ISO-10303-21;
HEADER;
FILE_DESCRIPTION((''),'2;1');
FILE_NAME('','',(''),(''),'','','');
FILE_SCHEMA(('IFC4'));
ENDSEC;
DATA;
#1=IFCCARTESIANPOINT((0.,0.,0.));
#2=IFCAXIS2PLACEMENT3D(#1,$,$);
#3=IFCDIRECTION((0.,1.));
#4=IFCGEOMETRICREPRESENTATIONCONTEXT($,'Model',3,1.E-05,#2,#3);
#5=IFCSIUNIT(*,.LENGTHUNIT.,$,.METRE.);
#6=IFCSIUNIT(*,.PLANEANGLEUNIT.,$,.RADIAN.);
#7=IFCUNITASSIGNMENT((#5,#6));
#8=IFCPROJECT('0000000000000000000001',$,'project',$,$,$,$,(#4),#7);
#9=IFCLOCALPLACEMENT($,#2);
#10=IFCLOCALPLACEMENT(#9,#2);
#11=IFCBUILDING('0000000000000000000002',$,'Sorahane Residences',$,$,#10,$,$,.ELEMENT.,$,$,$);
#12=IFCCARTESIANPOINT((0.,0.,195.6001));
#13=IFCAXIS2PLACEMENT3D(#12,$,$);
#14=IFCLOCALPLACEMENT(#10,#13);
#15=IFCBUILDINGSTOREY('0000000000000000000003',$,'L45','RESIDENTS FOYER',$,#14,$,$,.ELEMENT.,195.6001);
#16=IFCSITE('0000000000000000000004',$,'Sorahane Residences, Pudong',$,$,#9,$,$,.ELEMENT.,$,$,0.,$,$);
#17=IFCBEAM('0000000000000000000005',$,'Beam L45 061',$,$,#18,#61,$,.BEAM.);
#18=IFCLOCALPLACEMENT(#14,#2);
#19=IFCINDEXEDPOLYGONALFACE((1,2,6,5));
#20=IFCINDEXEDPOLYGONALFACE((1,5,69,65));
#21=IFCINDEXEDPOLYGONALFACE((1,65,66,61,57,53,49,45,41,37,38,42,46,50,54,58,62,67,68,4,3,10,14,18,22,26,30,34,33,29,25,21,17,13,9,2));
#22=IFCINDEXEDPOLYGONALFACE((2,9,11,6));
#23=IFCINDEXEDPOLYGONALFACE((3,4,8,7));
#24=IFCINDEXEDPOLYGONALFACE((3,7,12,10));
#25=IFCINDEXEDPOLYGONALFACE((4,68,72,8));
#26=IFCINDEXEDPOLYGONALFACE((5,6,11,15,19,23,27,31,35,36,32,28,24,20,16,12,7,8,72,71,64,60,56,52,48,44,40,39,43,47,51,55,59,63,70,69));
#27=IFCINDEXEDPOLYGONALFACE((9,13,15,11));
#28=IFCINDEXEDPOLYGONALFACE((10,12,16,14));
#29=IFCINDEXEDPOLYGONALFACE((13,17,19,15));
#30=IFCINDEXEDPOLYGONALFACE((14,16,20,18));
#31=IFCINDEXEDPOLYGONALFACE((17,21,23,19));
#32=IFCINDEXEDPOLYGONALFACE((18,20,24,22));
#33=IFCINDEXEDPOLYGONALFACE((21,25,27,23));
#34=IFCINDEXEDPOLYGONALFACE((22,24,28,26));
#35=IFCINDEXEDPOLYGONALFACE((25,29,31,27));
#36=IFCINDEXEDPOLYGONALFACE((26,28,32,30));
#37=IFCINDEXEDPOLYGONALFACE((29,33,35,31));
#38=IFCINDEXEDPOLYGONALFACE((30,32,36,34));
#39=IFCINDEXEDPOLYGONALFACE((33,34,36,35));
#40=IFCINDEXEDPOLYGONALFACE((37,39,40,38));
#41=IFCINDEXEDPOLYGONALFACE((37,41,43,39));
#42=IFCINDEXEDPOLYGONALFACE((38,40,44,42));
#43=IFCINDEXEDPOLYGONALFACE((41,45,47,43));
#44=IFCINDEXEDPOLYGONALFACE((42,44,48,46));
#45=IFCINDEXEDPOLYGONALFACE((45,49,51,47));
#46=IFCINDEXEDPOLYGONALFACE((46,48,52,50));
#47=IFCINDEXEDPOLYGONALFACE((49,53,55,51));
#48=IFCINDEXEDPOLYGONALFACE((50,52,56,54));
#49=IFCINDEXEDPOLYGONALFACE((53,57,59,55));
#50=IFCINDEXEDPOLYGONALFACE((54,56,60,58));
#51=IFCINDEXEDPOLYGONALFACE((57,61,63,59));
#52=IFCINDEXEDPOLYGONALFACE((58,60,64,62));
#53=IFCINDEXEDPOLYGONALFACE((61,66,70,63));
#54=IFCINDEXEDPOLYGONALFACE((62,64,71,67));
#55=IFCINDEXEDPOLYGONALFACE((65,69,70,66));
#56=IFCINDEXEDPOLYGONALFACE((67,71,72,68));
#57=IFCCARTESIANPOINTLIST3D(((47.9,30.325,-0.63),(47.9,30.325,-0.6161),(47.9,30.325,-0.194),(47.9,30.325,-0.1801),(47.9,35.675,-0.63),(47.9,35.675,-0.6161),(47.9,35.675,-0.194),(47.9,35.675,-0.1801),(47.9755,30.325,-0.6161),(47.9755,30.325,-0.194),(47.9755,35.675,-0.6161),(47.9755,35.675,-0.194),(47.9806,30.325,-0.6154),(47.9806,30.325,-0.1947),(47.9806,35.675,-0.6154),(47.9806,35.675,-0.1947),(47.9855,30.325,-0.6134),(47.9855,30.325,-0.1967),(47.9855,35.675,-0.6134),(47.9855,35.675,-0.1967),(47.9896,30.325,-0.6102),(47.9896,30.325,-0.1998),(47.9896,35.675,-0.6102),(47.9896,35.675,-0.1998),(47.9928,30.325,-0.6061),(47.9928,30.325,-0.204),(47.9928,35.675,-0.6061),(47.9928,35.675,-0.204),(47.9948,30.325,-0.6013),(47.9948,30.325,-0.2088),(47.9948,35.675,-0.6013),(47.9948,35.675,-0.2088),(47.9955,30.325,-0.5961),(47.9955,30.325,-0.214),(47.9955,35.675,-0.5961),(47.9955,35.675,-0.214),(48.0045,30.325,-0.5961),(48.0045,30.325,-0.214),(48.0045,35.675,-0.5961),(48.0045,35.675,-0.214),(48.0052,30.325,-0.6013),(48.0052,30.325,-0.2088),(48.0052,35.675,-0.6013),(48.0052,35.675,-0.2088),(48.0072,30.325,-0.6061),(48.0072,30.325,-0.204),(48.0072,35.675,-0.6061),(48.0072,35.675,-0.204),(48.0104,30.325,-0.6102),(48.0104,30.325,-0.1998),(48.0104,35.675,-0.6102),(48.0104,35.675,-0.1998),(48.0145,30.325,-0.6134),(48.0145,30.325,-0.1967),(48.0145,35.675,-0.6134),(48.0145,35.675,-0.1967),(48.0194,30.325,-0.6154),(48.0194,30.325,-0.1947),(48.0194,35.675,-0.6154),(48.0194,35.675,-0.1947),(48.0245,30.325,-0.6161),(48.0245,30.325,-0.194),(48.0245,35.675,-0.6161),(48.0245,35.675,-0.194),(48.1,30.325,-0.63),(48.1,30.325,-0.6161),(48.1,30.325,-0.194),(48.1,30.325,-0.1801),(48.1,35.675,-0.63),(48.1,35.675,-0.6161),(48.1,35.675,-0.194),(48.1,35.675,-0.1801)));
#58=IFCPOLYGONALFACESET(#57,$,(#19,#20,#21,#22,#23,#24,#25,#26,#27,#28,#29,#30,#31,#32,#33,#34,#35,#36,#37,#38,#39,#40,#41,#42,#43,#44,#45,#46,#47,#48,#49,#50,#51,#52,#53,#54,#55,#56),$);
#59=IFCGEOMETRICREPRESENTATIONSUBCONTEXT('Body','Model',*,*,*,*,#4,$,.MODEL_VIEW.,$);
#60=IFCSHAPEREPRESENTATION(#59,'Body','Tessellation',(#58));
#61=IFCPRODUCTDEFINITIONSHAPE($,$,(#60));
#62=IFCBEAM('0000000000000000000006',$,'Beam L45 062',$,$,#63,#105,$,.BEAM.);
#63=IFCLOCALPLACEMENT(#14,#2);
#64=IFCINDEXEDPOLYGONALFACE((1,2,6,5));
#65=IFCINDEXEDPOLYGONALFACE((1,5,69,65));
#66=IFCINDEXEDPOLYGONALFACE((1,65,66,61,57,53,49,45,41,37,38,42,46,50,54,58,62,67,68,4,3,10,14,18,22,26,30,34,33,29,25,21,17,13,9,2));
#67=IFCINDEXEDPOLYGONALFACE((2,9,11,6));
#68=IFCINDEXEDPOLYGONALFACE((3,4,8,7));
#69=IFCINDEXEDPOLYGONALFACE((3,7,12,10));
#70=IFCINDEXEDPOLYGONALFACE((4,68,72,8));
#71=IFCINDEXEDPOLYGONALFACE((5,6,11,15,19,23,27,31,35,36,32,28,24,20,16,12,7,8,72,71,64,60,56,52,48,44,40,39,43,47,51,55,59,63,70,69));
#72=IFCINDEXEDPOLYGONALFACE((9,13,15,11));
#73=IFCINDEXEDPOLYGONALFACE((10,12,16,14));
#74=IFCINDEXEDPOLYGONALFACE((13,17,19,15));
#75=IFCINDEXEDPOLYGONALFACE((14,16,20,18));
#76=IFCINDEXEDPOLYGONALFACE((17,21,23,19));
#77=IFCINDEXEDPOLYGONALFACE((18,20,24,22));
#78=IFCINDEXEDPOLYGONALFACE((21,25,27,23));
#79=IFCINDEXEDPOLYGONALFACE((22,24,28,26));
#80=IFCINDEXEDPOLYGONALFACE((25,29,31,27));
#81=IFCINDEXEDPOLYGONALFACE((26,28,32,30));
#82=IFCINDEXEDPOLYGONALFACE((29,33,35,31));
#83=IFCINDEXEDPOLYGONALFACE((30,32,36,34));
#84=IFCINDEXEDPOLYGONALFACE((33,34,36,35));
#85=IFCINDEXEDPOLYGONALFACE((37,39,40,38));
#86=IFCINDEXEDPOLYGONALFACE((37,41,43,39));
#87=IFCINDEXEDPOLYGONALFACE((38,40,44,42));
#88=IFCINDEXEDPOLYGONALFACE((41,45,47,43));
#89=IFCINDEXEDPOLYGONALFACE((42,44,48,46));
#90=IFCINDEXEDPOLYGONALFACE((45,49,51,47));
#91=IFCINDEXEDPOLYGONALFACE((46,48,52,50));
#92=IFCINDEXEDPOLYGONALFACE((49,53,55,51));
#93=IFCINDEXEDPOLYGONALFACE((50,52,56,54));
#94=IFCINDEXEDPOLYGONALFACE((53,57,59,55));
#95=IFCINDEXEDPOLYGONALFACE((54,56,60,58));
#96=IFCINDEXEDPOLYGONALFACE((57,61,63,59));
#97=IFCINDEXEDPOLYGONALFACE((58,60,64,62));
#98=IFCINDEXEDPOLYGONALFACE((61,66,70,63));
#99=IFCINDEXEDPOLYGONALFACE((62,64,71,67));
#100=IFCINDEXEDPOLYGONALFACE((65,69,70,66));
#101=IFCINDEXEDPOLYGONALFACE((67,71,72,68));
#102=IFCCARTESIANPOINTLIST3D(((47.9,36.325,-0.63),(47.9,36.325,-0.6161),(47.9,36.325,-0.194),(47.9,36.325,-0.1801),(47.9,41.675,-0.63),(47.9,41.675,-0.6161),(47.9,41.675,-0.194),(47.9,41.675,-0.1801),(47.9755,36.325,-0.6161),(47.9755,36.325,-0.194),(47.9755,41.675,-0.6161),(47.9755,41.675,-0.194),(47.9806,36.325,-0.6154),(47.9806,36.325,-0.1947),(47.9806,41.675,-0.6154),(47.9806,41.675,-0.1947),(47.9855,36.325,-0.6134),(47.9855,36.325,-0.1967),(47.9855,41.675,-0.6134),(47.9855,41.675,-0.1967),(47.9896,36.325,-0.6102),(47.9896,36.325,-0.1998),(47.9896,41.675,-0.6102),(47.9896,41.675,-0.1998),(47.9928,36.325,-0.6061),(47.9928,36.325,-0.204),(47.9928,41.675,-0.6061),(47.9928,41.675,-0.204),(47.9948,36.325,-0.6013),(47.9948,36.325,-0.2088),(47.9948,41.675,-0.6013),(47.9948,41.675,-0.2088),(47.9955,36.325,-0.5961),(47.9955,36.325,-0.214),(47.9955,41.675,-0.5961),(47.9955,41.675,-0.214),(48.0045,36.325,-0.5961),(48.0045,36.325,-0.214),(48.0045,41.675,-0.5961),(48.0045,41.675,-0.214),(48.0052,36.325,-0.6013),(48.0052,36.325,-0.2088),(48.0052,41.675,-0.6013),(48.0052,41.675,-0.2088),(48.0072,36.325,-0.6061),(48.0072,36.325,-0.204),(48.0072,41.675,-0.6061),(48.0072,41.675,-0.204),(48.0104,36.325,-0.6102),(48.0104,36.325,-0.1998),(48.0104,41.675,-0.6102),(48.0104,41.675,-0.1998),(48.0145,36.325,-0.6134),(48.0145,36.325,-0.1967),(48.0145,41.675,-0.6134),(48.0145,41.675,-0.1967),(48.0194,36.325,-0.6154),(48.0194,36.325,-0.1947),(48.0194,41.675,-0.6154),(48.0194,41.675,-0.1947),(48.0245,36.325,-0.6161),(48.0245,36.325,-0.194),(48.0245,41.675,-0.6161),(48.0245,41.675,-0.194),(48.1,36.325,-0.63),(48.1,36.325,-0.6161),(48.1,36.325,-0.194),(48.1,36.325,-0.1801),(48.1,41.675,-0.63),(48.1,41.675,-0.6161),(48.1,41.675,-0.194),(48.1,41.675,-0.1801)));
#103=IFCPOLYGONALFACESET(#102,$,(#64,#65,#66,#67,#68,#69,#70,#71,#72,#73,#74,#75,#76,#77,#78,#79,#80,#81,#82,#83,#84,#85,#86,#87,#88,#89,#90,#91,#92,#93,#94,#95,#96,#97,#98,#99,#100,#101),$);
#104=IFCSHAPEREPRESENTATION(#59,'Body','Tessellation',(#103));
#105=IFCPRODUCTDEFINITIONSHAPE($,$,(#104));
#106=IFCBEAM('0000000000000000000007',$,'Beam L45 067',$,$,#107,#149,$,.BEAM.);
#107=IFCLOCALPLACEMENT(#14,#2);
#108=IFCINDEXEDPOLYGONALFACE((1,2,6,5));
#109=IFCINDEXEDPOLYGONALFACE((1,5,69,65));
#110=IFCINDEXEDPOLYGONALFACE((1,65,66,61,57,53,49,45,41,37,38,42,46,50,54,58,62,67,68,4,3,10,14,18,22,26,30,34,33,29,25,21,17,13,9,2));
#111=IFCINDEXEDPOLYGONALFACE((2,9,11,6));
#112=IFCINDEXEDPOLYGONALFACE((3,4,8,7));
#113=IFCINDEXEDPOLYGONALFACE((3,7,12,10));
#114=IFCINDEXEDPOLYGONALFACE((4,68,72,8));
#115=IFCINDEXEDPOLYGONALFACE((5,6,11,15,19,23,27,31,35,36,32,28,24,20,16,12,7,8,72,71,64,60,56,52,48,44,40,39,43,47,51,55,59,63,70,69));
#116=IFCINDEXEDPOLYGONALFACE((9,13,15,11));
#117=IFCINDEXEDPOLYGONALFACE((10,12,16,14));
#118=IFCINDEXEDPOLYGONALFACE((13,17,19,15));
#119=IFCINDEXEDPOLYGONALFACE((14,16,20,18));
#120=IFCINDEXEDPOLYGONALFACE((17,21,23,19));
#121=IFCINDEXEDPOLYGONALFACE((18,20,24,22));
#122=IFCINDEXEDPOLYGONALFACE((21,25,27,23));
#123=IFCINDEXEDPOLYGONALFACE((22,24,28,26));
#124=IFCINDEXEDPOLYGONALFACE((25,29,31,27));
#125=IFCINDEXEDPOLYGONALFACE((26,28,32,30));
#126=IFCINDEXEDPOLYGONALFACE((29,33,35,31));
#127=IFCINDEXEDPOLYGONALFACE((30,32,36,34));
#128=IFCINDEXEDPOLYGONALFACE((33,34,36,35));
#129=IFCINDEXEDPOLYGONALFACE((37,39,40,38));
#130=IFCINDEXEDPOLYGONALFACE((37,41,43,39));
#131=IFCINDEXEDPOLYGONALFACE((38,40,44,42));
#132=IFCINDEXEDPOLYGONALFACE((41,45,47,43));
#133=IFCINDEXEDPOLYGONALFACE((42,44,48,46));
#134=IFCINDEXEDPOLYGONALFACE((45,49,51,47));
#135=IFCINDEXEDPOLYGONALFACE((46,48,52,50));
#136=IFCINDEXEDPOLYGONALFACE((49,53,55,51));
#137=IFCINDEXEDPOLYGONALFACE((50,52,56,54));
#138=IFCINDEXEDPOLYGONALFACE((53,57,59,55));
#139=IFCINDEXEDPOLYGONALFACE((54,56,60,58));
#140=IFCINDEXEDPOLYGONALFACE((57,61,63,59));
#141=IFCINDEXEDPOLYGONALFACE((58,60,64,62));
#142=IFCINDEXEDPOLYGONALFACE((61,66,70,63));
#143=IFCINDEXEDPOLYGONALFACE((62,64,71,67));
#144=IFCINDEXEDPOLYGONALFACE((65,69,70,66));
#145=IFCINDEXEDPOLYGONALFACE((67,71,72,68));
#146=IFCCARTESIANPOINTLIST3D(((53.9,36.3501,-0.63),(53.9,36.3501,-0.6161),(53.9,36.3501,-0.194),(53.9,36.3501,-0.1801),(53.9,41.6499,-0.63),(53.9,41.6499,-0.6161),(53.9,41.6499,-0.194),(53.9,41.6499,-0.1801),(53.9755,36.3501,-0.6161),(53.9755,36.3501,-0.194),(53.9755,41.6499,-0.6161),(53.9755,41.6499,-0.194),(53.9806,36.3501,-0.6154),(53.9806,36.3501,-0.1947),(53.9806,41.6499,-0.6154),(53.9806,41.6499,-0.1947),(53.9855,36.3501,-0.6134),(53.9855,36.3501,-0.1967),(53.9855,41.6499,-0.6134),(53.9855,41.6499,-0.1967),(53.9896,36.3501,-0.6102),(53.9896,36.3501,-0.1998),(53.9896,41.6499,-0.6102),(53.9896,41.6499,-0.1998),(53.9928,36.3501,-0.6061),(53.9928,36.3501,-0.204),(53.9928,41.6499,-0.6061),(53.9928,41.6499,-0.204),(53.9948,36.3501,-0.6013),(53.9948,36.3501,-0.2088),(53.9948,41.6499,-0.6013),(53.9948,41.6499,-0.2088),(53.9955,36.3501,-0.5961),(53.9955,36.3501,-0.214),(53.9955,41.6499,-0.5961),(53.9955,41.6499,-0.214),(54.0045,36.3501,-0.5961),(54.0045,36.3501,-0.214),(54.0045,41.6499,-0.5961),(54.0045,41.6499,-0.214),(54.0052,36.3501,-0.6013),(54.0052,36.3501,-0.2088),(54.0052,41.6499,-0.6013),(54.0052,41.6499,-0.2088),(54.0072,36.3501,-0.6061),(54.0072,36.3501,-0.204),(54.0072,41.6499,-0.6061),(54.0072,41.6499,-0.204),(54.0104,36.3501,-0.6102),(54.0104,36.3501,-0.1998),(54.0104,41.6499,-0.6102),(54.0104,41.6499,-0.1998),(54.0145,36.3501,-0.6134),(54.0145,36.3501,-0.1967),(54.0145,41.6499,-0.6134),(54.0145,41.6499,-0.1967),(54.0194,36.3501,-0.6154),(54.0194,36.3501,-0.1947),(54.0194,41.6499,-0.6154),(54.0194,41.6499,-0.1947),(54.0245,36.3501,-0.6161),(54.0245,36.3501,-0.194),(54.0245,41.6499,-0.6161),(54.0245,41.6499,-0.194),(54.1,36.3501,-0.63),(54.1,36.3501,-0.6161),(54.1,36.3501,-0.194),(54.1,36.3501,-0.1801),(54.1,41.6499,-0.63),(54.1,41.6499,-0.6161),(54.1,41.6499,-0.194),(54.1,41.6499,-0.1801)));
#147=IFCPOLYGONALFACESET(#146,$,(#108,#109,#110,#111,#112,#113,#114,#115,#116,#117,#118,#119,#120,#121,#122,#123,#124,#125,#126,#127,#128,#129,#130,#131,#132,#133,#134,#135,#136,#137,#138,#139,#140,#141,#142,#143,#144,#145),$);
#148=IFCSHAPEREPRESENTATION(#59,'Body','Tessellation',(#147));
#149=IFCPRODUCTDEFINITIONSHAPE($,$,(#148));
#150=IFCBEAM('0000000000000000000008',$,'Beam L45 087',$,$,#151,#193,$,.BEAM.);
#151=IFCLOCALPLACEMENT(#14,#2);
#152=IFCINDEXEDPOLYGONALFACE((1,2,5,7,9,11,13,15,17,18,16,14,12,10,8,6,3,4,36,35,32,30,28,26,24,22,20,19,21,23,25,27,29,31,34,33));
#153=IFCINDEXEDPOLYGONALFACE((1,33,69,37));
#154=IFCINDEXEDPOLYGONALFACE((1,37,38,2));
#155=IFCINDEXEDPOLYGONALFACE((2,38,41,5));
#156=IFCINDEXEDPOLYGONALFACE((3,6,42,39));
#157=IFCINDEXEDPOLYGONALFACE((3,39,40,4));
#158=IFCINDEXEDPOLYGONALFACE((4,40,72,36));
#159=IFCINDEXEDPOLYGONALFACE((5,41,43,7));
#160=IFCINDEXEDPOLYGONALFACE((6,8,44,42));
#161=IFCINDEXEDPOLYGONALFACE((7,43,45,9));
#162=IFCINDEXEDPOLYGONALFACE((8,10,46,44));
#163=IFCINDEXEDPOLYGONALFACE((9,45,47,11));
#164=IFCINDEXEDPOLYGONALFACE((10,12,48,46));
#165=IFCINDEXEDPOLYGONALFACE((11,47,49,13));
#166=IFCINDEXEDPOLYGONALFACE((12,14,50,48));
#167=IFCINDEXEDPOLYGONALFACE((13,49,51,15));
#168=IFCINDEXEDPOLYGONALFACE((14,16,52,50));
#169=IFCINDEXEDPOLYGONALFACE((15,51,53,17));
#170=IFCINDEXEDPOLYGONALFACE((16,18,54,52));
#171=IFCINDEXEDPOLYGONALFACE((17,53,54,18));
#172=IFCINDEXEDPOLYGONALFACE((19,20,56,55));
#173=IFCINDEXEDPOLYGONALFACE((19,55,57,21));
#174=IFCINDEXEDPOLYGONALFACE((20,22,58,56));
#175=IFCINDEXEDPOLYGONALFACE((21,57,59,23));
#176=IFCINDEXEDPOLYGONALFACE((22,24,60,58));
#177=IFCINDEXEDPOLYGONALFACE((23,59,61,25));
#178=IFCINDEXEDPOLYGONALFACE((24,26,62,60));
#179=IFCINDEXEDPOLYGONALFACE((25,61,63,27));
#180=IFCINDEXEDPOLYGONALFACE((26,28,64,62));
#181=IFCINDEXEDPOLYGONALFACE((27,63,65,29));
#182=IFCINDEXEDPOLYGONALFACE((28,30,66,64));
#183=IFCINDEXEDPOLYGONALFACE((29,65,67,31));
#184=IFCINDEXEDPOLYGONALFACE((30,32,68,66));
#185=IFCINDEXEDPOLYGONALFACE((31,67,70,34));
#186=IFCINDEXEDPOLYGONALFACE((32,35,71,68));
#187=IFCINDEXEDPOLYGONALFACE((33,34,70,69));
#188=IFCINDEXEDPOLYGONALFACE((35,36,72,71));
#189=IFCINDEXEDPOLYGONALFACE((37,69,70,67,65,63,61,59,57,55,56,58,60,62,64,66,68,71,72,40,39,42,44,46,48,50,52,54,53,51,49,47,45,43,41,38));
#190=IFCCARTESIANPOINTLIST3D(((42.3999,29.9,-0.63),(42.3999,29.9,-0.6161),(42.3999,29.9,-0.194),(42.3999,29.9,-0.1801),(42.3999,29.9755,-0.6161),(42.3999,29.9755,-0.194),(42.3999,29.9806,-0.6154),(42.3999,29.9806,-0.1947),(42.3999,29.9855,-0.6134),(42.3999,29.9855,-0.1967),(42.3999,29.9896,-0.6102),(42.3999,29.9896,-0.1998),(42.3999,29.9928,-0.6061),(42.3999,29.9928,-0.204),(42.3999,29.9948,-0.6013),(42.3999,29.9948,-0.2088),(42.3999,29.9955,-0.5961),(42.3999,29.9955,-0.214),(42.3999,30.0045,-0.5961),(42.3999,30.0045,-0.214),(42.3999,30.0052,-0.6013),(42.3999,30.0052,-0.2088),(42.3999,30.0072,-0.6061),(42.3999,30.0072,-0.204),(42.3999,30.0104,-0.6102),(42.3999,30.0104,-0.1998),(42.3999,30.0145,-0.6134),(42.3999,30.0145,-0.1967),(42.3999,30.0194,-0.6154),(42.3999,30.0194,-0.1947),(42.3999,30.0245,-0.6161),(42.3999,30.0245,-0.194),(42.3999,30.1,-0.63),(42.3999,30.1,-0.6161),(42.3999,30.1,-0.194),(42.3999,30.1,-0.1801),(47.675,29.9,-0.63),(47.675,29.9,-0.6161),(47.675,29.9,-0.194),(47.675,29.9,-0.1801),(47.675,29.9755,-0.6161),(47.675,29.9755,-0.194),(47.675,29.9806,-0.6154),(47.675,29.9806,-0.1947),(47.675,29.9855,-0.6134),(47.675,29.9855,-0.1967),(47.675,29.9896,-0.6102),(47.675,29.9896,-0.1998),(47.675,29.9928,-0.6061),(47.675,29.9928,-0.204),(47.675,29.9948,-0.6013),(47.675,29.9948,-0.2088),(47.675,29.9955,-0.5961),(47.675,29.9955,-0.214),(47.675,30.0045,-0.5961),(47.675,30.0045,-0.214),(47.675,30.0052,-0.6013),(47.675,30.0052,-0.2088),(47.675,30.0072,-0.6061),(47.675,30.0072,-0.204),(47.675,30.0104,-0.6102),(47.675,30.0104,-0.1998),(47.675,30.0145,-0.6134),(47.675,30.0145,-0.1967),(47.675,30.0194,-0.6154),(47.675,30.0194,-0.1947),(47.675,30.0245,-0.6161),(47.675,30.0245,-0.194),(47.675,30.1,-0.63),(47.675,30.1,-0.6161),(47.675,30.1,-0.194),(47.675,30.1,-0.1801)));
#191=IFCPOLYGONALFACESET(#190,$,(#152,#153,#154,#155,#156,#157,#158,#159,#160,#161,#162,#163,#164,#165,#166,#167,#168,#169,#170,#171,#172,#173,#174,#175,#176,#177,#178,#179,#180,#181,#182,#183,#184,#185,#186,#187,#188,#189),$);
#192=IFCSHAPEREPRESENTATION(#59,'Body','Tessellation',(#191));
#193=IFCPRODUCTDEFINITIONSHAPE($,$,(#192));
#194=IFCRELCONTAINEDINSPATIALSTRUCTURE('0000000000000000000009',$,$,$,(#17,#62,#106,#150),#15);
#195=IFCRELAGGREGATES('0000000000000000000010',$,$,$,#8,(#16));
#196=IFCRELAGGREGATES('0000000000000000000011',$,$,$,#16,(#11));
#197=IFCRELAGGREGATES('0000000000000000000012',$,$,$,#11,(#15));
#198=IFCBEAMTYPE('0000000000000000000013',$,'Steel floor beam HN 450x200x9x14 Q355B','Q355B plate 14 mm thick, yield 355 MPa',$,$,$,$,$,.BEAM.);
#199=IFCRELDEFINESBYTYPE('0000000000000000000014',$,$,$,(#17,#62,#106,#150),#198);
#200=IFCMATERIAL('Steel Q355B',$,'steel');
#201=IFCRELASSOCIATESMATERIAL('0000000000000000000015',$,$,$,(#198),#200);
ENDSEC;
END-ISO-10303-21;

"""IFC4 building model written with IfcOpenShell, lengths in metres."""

from ifc_helpers import new_model, si_unit, direction, frame, origin, origin_2d, place, context, subcontext, project, spatial, i_section, extrude, material, material_profile, profile_set, type_object, element, save


model = new_model("IFC4")

# Units and contexts
model_context = context("Model", 3, precision=1e-05, world=origin(), true_north=direction((0.0, 1.0)))
body_context = subcontext(model_context, "Body", "Model", "MODEL_VIEW")
ifc_project = project(units=[si_unit("LENGTHUNIT", "METRE"), si_unit("PLANEANGLEUNIT", "RADIAN")], contexts=[model_context])

# Site, building, storey
site_placement = place(None, origin())
site = spatial("IfcSite", under=ifc_project, at=site_placement, Name="Sorahane Residences, Pudong", CompositionType="ELEMENT", RefElevation=0.0)
building_placement = place(site_placement, origin())
building = spatial("IfcBuilding", under=site, at=building_placement, Name="Sorahane Residences", CompositionType="ELEMENT")
storey_placement = place(building_placement, frame((0.0, 0.0, 195.6001)))
storey = spatial("IfcBuildingStorey", under=building, at=storey_placement, Name="L45", Description="RESIDENTS FOYER", CompositionType="ELEMENT", Elevation=195.6001)

# Beams
ifc_material_1 = material(Name="Steel Q355B", Category="steel")
ifc_material_profile_1 = material_profile(ifc_material_1, i_section(OverallWidth=0.2, OverallDepth=0.45, WebThickness=0.009, FlangeThickness=0.0139, FilletRadius=0.02, at=origin_2d()), Name="HN 450x200x9x14")
ifc_profile_set_1 = profile_set([ifc_material_profile_1], Name="Steel Q355B")
beam_type_1 = type_object("IfcBeamType", Name="Steel floor beam HN 450x200x9x14 Q355B", Description="Q355B plate 14 mm thick, yield 355 MPa", PredefinedType="BEAM", material=ifc_profile_set_1)
for number, where, z_axis, x_axis, name in (
    (1, (48.0, 30.325, -0.405), (0.0, 1.0, 0.0), (-1.0, 0.0, 0.0), "Beam L45 061"),
    (2, (48.0, 36.325, -0.405), (0.0, 1.0, 0.0), (-1.0, 0.0, 0.0), "Beam L45 062"),
):
    element("IfcBeam", number, at=place(storey_placement, frame(where, z_axis=z_axis, x_axis=x_axis)), inside=storey, type_object=beam_type_1, Name=name, PredefinedType="BEAM", context=body_context, shape_type="SweptSolid", body=[
        extrude(i_section(OverallWidth=0.2, OverallDepth=0.45, WebThickness=0.009, FlangeThickness=0.0139, FilletRadius=0.02, at=origin_2d()), origin(), (0.0, 0.0, 1.0), 5.3501),
    ])
beam_1_placement = place(storey_placement, frame((54.0, 36.3501, -0.405), z_axis=(0.0, 1.0, 0.0), x_axis=(-1.0, 0.0, 0.0)))
element("IfcBeam", 3, at=beam_1_placement, inside=storey, type_object=beam_type_1, Name="Beam L45 067", PredefinedType="BEAM", context=body_context, shape_type="SweptSolid", body=[
    extrude(i_section(OverallWidth=0.2, OverallDepth=0.45, WebThickness=0.009, FlangeThickness=0.0139, FilletRadius=0.02, at=origin_2d()), origin(), (0.0, 0.0, 1.0), 5.2998),
])
beam_2_placement = place(storey_placement, frame((42.3999, 30.0, -0.405), z_axis=(1.0, 0.0, 0.0), x_axis=(0.0, 1.0, 0.0)))
element("IfcBeam", 4, at=beam_2_placement, inside=storey, type_object=beam_type_1, Name="Beam L45 087", PredefinedType="BEAM", context=body_context, shape_type="SweptSolid", body=[
    extrude(i_section(OverallWidth=0.2, OverallDepth=0.45, WebThickness=0.009, FlangeThickness=0.0139, FilletRadius=0.02, at=origin_2d()), origin(), (0.0, 0.0, 1.0), 5.2751),
])

save(model, "model.ifc")
